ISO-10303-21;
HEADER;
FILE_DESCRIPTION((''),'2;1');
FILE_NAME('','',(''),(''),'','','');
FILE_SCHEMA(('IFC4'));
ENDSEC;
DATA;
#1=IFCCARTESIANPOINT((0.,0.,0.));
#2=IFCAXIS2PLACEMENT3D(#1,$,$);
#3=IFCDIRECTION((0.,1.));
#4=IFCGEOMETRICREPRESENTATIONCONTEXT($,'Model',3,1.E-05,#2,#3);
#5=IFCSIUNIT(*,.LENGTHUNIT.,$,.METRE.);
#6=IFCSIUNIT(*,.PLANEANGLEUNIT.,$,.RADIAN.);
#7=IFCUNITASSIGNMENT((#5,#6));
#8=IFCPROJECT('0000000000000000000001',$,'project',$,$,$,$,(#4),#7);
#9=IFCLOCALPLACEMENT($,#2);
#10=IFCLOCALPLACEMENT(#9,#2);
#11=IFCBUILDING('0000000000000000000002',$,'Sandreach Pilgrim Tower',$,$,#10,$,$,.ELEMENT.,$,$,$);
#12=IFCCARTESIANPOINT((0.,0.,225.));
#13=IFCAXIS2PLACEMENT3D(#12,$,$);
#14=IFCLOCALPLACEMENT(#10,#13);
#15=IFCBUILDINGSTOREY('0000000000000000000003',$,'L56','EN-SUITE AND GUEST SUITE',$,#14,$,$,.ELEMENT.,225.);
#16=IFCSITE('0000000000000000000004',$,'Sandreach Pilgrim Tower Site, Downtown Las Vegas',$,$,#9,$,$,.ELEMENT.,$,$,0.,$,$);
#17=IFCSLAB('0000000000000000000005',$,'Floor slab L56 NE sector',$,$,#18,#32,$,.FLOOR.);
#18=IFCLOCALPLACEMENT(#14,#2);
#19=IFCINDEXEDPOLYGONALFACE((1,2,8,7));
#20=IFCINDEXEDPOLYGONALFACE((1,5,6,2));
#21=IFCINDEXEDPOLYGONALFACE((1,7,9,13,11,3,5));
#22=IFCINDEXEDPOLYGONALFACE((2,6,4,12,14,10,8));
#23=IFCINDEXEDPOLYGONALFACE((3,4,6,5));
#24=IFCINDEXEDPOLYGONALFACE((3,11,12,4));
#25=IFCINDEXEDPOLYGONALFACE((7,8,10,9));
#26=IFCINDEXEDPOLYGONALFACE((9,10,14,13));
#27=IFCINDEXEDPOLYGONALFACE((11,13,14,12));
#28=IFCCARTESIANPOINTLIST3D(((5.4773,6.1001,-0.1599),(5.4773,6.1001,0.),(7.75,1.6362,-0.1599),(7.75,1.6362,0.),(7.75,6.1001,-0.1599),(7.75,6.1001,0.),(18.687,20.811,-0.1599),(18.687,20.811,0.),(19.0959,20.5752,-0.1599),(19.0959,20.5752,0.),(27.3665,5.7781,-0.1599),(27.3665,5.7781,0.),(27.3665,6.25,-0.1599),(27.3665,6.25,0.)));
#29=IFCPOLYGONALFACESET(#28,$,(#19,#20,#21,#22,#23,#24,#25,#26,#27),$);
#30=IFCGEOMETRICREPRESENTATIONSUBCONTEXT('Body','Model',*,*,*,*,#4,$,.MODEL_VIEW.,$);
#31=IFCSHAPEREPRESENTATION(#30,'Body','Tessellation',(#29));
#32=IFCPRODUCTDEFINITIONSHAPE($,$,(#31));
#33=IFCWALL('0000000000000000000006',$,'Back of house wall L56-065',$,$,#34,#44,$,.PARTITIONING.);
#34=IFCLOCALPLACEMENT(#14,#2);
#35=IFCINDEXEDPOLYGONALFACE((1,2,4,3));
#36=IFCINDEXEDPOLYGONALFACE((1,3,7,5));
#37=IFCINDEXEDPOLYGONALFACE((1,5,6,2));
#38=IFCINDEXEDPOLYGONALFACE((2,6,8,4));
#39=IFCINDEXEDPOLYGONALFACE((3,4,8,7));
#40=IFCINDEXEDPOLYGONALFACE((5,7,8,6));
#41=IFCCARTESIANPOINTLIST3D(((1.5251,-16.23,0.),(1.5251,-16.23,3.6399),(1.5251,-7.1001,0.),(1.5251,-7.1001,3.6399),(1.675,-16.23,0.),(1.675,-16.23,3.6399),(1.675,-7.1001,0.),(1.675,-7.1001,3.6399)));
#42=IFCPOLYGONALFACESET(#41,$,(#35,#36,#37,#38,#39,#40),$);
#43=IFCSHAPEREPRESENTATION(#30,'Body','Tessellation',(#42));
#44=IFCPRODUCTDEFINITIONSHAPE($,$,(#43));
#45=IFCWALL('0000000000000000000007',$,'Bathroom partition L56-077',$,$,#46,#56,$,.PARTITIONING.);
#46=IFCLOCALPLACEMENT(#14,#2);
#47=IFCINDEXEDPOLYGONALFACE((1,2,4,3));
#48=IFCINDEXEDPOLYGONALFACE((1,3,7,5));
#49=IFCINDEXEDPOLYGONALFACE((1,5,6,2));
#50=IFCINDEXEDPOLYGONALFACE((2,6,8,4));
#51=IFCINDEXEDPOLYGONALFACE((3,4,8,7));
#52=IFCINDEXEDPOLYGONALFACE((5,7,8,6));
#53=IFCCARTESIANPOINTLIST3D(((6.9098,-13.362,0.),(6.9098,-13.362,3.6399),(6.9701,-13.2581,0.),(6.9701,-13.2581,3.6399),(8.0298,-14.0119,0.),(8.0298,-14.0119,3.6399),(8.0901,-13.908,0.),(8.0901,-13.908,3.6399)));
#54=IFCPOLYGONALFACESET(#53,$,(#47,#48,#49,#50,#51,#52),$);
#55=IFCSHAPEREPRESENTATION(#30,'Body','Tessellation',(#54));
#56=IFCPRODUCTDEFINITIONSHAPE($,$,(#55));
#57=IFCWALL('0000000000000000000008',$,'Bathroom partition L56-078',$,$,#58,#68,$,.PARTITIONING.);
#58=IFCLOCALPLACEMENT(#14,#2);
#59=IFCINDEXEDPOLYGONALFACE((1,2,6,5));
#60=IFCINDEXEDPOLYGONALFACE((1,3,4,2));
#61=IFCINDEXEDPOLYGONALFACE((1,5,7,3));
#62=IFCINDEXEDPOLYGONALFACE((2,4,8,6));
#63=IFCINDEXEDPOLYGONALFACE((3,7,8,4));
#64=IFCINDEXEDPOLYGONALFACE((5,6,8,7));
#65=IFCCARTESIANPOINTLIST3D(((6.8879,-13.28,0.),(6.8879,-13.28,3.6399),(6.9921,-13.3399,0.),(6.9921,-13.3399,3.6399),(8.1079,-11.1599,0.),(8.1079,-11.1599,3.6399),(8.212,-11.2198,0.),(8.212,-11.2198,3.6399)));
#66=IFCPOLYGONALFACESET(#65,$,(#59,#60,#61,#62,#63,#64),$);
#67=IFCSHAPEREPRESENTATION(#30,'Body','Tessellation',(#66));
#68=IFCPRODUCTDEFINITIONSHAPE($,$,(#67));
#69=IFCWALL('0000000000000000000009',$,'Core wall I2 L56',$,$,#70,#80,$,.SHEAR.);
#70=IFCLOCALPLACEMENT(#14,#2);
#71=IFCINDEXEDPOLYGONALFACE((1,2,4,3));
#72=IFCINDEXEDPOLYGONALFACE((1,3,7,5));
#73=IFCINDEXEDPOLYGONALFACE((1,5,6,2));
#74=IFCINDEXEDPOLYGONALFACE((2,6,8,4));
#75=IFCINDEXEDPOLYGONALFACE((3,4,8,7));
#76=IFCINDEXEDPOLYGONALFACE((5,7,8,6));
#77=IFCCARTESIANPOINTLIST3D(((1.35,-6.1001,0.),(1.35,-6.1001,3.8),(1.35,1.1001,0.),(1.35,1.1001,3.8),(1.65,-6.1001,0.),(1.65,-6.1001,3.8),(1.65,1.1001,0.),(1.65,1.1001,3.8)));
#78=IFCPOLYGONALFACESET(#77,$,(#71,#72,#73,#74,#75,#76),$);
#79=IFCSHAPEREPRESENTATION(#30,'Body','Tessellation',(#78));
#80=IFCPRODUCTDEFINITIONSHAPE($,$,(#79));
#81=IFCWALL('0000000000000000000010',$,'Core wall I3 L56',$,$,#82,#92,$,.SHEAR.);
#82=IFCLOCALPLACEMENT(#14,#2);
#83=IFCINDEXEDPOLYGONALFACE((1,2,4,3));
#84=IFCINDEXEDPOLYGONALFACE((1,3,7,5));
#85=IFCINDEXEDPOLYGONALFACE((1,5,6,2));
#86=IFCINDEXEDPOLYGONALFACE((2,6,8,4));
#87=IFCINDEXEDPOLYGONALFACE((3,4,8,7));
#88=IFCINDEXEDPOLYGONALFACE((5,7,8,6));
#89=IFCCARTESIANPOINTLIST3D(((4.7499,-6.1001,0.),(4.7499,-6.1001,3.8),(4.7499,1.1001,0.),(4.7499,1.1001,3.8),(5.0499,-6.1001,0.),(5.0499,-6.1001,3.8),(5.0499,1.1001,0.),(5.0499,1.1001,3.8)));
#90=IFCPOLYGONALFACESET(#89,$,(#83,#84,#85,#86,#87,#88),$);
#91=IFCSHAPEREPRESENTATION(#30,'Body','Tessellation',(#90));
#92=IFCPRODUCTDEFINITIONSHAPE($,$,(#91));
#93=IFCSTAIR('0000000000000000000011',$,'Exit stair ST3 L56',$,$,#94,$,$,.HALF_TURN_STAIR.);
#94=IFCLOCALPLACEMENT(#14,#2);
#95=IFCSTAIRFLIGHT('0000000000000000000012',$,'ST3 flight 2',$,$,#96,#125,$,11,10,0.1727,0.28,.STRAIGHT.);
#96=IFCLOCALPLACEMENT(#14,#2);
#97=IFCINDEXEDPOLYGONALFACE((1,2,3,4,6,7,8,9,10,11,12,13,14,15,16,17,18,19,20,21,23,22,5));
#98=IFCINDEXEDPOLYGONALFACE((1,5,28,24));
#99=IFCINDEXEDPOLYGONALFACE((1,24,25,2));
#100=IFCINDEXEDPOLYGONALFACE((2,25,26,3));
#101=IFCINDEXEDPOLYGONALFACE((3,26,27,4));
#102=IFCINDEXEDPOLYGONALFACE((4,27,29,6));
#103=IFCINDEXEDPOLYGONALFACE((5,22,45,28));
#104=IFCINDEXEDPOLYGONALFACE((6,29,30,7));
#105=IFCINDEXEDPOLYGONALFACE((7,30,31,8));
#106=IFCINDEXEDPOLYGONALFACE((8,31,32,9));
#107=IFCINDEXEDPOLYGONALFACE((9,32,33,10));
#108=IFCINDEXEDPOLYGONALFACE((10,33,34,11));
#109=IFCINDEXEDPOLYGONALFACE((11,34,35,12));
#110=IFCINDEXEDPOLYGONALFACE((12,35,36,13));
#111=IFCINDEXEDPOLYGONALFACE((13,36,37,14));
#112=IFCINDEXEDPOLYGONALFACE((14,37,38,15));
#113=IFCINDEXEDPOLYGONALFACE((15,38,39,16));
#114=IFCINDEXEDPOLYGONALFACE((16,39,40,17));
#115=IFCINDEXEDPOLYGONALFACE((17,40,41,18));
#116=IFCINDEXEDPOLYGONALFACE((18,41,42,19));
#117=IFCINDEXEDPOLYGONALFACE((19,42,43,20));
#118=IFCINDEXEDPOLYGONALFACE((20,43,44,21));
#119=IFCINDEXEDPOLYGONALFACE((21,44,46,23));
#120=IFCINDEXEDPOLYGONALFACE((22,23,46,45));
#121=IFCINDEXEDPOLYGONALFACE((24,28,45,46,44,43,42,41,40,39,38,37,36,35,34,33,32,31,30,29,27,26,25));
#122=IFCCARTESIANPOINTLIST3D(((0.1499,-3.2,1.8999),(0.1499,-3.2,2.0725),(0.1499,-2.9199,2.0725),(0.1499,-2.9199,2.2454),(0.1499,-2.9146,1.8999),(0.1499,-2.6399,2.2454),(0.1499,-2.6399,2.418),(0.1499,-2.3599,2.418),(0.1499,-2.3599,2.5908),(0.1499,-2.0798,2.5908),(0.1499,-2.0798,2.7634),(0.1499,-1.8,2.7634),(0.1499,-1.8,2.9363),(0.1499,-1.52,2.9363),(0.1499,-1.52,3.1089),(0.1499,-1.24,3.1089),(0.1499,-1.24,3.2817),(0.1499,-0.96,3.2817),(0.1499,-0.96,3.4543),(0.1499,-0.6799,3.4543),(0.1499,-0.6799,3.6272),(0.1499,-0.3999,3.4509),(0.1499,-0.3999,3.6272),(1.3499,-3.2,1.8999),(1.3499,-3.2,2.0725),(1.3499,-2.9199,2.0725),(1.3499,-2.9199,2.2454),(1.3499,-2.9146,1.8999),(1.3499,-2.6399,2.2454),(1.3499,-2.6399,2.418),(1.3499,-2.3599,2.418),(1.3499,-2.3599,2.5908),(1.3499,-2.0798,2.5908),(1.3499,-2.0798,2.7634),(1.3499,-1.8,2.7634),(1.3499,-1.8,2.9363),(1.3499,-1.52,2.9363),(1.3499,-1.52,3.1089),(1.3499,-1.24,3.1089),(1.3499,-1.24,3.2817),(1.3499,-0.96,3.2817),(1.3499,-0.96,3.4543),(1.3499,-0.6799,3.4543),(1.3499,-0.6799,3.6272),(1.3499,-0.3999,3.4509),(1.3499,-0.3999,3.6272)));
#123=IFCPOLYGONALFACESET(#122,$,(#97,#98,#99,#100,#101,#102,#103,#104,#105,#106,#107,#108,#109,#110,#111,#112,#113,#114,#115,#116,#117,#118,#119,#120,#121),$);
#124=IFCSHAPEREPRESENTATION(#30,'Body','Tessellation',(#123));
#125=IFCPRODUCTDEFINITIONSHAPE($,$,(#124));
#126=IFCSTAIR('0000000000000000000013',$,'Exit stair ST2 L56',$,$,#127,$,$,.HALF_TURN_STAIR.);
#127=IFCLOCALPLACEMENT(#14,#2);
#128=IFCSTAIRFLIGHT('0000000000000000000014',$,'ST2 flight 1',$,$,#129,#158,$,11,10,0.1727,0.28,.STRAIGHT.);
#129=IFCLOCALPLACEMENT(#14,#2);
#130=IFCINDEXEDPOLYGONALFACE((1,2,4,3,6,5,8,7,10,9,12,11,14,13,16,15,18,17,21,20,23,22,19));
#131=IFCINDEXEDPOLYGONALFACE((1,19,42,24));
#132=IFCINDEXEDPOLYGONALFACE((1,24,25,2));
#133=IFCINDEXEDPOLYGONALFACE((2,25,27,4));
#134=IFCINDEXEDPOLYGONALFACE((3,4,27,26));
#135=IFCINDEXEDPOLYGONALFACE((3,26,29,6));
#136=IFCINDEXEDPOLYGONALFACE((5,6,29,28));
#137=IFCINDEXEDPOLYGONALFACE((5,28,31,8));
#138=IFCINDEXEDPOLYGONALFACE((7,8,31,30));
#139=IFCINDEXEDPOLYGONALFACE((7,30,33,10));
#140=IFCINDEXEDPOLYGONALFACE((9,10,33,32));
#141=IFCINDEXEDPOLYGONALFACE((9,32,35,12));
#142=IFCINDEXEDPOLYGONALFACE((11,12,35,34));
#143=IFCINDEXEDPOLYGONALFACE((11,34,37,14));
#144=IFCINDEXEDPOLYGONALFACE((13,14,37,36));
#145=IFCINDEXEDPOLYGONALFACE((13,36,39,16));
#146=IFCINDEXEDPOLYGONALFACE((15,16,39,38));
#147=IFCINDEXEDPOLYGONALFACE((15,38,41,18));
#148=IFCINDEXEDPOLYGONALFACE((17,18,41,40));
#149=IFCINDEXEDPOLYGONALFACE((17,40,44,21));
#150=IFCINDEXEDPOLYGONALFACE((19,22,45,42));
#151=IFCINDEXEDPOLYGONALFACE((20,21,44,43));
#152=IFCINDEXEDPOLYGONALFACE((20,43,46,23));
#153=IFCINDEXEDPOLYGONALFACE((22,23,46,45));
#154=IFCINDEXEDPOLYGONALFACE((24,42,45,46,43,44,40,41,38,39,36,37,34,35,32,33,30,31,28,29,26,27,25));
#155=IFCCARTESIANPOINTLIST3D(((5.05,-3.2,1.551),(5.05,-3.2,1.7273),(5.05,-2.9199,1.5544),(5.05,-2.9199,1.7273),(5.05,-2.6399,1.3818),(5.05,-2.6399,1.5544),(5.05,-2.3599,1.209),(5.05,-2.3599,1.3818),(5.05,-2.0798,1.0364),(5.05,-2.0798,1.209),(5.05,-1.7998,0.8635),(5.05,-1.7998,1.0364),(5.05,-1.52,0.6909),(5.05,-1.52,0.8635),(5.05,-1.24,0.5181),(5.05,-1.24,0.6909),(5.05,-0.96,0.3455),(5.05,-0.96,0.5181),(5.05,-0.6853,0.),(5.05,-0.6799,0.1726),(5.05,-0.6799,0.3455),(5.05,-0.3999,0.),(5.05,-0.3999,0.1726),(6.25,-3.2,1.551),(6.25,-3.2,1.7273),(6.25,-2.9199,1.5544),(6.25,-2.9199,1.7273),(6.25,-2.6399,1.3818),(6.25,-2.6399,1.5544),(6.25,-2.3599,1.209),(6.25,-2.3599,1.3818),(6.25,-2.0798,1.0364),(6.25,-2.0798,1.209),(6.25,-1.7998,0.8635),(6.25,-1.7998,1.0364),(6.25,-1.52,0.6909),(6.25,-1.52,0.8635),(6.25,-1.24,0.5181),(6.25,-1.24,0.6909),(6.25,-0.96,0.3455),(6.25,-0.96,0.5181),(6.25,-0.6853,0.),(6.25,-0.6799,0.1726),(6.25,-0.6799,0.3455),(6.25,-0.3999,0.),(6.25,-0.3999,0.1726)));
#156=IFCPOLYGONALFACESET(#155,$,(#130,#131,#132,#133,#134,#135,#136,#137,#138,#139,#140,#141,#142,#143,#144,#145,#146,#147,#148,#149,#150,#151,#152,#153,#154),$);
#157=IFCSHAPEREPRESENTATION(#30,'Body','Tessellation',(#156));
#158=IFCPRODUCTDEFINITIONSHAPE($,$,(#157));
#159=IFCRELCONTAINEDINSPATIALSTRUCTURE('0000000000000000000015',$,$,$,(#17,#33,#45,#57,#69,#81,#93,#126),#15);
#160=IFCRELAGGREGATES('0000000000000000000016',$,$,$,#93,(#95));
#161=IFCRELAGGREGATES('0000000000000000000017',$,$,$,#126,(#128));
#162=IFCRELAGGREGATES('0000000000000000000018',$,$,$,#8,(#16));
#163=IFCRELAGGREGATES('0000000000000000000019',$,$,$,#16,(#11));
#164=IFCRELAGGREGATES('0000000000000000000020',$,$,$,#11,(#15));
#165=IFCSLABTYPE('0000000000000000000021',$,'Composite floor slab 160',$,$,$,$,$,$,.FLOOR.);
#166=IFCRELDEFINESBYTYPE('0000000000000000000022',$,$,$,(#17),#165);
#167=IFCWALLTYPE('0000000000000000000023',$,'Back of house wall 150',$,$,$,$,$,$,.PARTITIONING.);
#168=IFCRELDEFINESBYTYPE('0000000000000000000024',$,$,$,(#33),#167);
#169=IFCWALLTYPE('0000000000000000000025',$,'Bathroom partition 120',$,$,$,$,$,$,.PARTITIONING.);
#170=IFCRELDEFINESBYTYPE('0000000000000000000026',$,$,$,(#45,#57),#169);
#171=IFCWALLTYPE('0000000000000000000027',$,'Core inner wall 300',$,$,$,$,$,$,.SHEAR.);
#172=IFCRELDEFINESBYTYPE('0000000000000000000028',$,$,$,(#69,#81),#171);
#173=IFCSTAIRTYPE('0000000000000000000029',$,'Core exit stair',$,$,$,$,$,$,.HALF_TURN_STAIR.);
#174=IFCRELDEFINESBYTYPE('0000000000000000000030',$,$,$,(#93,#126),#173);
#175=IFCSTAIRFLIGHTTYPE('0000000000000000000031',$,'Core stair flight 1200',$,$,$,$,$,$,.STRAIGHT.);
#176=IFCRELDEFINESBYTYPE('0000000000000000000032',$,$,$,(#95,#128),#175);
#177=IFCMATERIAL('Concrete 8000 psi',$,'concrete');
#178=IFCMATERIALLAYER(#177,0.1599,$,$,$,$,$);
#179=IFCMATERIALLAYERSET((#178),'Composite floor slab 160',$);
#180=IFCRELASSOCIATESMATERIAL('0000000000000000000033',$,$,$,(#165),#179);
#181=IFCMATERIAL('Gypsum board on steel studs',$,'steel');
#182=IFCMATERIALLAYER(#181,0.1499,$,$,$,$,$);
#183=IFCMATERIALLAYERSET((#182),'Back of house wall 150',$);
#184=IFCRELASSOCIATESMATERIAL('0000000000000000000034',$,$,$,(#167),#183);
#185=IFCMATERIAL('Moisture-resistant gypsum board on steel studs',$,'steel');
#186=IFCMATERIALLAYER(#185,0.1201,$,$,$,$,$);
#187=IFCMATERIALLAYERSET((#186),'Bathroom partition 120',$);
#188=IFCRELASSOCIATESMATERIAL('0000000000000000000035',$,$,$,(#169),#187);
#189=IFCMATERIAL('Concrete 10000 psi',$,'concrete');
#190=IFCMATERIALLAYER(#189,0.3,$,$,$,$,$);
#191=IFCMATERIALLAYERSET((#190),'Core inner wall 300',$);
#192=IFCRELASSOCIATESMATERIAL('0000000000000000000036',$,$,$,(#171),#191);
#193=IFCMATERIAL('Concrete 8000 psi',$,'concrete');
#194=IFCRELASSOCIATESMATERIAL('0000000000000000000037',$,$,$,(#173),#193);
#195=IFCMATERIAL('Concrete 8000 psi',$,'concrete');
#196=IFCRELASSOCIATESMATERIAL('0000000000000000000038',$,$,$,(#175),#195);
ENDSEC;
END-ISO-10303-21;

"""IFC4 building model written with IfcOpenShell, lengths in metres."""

from ifc_helpers import new_model, si_unit, direction, frame, frame_2d, origin, place, context, subcontext, project, spatial, polyline, rectangle, outline, extrude, material, layer, layer_set, type_object, element, aggregate, save


model = new_model("IFC4")

# Units and contexts
model_context = context("Model", 3, precision=1e-05, world=origin(), true_north=direction((0.0, 1.0)))
body_context = subcontext(model_context, "Body", "Model", "MODEL_VIEW")
ifc_project = project(units=[si_unit("LENGTHUNIT", "METRE"), si_unit("PLANEANGLEUNIT", "RADIAN")], contexts=[model_context])

# Site, building, storey
site_placement = place(None, origin())
site = spatial("IfcSite", under=ifc_project, at=site_placement, Name="Sandreach Pilgrim Tower Site, Downtown Las Vegas", CompositionType="ELEMENT", RefElevation=0.0)
building_placement = place(site_placement, origin())
building = spatial("IfcBuilding", under=site, at=building_placement, Name="Sandreach Pilgrim Tower", CompositionType="ELEMENT")
storey_placement = place(building_placement, frame((0.0, 0.0, 225.0)))
storey = spatial("IfcBuildingStorey", under=building, at=storey_placement, Name="L56", Description="EN-SUITE AND GUEST SUITE", CompositionType="ELEMENT", Elevation=225.0)

# Slab
ifc_material_1 = material(Name="Concrete 8000 psi", Category="concrete")
ifc_layer_1 = layer(ifc_material_1, 0.1599)
ifc_layer_set_1 = layer_set([ifc_layer_1], Name="Composite floor slab 160")
slab_type = type_object("IfcSlabType", Name="Composite floor slab 160", PredefinedType="FLOOR", material=ifc_layer_set_1)
slab_placement = place(storey_placement, frame((0.0, 0.0, -0.1599)))
element("IfcSlab", 1, at=slab_placement, inside=storey, type_object=slab_type, Name="Floor slab L56 NE sector", PredefinedType="FLOOR", context=body_context, shape_type="SweptSolid", body=[
    extrude(outline(polyline([(19.0959, 20.5752), (27.3665, 6.25), (27.3665, 5.7781), (7.75, 1.6362), (7.75, 6.1001), (5.4773, 6.1001), (18.687, 20.811), (19.0959, 20.5752)])), origin(), (0.0, 0.0, 1.0), 0.1599),
])

# Walls
ifc_material_2 = material(Name="Gypsum board on steel studs", Category="steel")
ifc_layer_2 = layer(ifc_material_2, 0.1499)
ifc_layer_set_2 = layer_set([ifc_layer_2], Name="Back of house wall 150")
wall_type_1 = type_object("IfcWallType", Name="Back of house wall 150", PredefinedType="PARTITIONING", material=ifc_layer_set_2)
wall_1_placement = place(storey_placement, frame((1.6001, -7.1001, 0.0), z_axis=(0.0, 0.0, 1.0), x_axis=(0.0, -1.0, 0.0)))
element("IfcWall", 2, at=wall_1_placement, inside=storey, type_object=wall_type_1, Name="Back of house wall L56-065", PredefinedType="PARTITIONING", context=body_context, shape_type="SweptSolid", body=[
    extrude(rectangle(XDim=9.1299, YDim=0.1499, at=frame_2d((4.5649, 0.0))), origin(), (0.0, 0.0, 1.0), 3.6399),
])
ifc_material_3 = material(Name="Moisture-resistant gypsum board on steel studs", Category="steel")
ifc_layer_3 = layer(ifc_material_3, 0.1201)
ifc_layer_set_3 = layer_set([ifc_layer_3], Name="Bathroom partition 120")
wall_type_2 = type_object("IfcWallType", Name="Bathroom partition 120", PredefinedType="PARTITIONING", material=ifc_layer_set_3)
wall_2_placement = place(storey_placement, frame((6.9399, -13.3101, 0.0), z_axis=(0.0, 0.0, 1.0), x_axis=(0.864953, -0.501854, 0.0)))
element("IfcWall", 3, at=wall_2_placement, inside=storey, type_object=wall_type_2, Name="Bathroom partition L56-077", PredefinedType="PARTITIONING", context=body_context, shape_type="SweptSolid", body=[
    extrude(rectangle(XDim=1.2949, YDim=0.1201, at=frame_2d((0.6475, 0.0))), origin(), (0.0, 0.0, 1.0), 3.6399),
])
wall_3_placement = place(storey_placement, frame((6.9399, -13.3101, 0.0), z_axis=(0.0, 0.0, 1.0), x_axis=(0.498749, 0.866747, 0.0)))
element("IfcWall", 4, at=wall_3_placement, inside=storey, type_object=wall_type_2, Name="Bathroom partition L56-078", PredefinedType="PARTITIONING", context=body_context, shape_type="SweptSolid", body=[
    extrude(rectangle(XDim=2.446, YDim=0.1201, at=frame_2d((1.2231, 0.0))), origin(), (0.0, 0.0, 1.0), 3.6399),
])
ifc_material_4 = material(Name="Concrete 10000 psi", Category="concrete")
ifc_layer_4 = layer(ifc_material_4, 0.3)
ifc_layer_set_4 = layer_set([ifc_layer_4], Name="Core inner wall 300")
wall_type_3 = type_object("IfcWallType", Name="Core inner wall 300", PredefinedType="SHEAR", material=ifc_layer_set_4)
for number, where, z_axis, x_axis, name in (
    (5, (1.5, -6.1001, 0.0), (0.0, 0.0, 1.0), (0.0, 1.0, 0.0), "Core wall I2 L56"),
    (6, (4.8999, -6.1001, 0.0), (0.0, 0.0, 1.0), (0.0, 1.0, 0.0), "Core wall I3 L56"),
):
    element("IfcWall", number, at=place(storey_placement, frame(where, z_axis=z_axis, x_axis=x_axis)), inside=storey, type_object=wall_type_3, Name=name, PredefinedType="SHEAR", context=body_context, shape_type="SweptSolid", body=[
        extrude(rectangle(XDim=7.2002, YDim=0.3, at=frame_2d((3.6001, 0.0))), origin(), (0.0, 0.0, 1.0), 3.8),
    ])

# Stairs, stair flights
ifc_material_5 = material(Name="Concrete 8000 psi", Category="concrete")
stair_type = type_object("IfcStairType", Name="Core exit stair", PredefinedType="HALF_TURN_STAIR", material=ifc_material_5)
stair_1_placement = place(storey_placement, origin())
stair_1 = element("IfcStair", 7, at=stair_1_placement, inside=storey, type_object=stair_type, Name="Exit stair ST3 L56", PredefinedType="HALF_TURN_STAIR")
ifc_material_6 = material(Name="Concrete 8000 psi", Category="concrete")
stair_flight_type = type_object("IfcStairFlightType", Name="Core stair flight 1200", PredefinedType="STRAIGHT", material=ifc_material_6)
stair_flight_1_placement = place(storey_placement, frame((0.75, -3.2, 1.8999), z_axis=(0.0, 0.0, 1.0), x_axis=(0.0, 1.0, 0.0)))
stair_flight_1 = element("IfcStairFlight", 8, at=stair_flight_1_placement, type_object=stair_flight_type, Name="ST3 flight 2", NumberOfRisers=11, NumberOfTreads=10, PredefinedType="STRAIGHT", RiserHeight=0.1727, TreadLength=0.28, context=body_context, shape_type="SweptSolid", body=[
    extrude(outline(polyline([(0.0, 0.0), (0.0, 0.1726), (0.28, 0.1726), (0.28, 0.3455), (0.5601, 0.3455), (0.5601, 0.5181), (0.8401, 0.5181), (0.8401, 0.6909), (1.1201, 0.6909), (1.1201, 0.8635), (1.3999, 0.8635), (1.3999, 1.0364), (1.6799, 1.0364), (1.6799, 1.209), (1.96, 1.209), (1.96, 1.3818), (2.24, 1.3818), (2.24, 1.5544), (2.52, 1.5544), (2.52, 1.7273), (2.8, 1.7273), (2.8, 1.8999), (2.8, 1.551), (0.2854, 0.0), (0.0, 0.0)])), frame((0.0, 0.6001, 0.0), z_axis=(0.0, -1.0, 0.0), x_axis=(1.0, 0.0, 0.0)), (0.0, 0.0, 1.0), 1.2),
])
aggregate(stair_1, [stair_flight_1])
stair_2_placement = place(storey_placement, origin())
stair_2 = element("IfcStair", 9, at=stair_2_placement, inside=storey, type_object=stair_type, Name="Exit stair ST2 L56", PredefinedType="HALF_TURN_STAIR")
stair_flight_2_placement = place(storey_placement, frame((5.6499, -0.3999, 0.0), z_axis=(0.0, 0.0, 1.0), x_axis=(0.0, -1.0, 0.0)))
stair_flight_2 = element("IfcStairFlight", 10, at=stair_flight_2_placement, type_object=stair_flight_type, Name="ST2 flight 1", NumberOfRisers=11, NumberOfTreads=10, PredefinedType="STRAIGHT", RiserHeight=0.1727, TreadLength=0.28, context=body_context, shape_type="SweptSolid", body=[
    extrude(outline(polyline([(0.0, 0.0), (0.0, 0.1726), (0.28, 0.1726), (0.28, 0.3455), (0.5601, 0.3455), (0.5601, 0.5181), (0.8401, 0.5181), (0.8401, 0.6909), (1.1201, 0.6909), (1.1201, 0.8635), (1.3999, 0.8635), (1.3999, 1.0364), (1.6799, 1.0364), (1.6799, 1.209), (1.96, 1.209), (1.96, 1.3818), (2.24, 1.3818), (2.24, 1.5544), (2.52, 1.5544), (2.52, 1.7273), (2.8, 1.7273), (2.8, 1.8999), (2.8, 1.551), (0.2854, 0.0), (0.0, 0.0)])), frame((0.0, 0.6001, 0.0), z_axis=(0.0, -1.0, 0.0), x_axis=(1.0, 0.0, 0.0)), (0.0, 0.0, 1.0), 1.2),
])
aggregate(stair_2, [stair_flight_2])

save(model, "model.ifc")
